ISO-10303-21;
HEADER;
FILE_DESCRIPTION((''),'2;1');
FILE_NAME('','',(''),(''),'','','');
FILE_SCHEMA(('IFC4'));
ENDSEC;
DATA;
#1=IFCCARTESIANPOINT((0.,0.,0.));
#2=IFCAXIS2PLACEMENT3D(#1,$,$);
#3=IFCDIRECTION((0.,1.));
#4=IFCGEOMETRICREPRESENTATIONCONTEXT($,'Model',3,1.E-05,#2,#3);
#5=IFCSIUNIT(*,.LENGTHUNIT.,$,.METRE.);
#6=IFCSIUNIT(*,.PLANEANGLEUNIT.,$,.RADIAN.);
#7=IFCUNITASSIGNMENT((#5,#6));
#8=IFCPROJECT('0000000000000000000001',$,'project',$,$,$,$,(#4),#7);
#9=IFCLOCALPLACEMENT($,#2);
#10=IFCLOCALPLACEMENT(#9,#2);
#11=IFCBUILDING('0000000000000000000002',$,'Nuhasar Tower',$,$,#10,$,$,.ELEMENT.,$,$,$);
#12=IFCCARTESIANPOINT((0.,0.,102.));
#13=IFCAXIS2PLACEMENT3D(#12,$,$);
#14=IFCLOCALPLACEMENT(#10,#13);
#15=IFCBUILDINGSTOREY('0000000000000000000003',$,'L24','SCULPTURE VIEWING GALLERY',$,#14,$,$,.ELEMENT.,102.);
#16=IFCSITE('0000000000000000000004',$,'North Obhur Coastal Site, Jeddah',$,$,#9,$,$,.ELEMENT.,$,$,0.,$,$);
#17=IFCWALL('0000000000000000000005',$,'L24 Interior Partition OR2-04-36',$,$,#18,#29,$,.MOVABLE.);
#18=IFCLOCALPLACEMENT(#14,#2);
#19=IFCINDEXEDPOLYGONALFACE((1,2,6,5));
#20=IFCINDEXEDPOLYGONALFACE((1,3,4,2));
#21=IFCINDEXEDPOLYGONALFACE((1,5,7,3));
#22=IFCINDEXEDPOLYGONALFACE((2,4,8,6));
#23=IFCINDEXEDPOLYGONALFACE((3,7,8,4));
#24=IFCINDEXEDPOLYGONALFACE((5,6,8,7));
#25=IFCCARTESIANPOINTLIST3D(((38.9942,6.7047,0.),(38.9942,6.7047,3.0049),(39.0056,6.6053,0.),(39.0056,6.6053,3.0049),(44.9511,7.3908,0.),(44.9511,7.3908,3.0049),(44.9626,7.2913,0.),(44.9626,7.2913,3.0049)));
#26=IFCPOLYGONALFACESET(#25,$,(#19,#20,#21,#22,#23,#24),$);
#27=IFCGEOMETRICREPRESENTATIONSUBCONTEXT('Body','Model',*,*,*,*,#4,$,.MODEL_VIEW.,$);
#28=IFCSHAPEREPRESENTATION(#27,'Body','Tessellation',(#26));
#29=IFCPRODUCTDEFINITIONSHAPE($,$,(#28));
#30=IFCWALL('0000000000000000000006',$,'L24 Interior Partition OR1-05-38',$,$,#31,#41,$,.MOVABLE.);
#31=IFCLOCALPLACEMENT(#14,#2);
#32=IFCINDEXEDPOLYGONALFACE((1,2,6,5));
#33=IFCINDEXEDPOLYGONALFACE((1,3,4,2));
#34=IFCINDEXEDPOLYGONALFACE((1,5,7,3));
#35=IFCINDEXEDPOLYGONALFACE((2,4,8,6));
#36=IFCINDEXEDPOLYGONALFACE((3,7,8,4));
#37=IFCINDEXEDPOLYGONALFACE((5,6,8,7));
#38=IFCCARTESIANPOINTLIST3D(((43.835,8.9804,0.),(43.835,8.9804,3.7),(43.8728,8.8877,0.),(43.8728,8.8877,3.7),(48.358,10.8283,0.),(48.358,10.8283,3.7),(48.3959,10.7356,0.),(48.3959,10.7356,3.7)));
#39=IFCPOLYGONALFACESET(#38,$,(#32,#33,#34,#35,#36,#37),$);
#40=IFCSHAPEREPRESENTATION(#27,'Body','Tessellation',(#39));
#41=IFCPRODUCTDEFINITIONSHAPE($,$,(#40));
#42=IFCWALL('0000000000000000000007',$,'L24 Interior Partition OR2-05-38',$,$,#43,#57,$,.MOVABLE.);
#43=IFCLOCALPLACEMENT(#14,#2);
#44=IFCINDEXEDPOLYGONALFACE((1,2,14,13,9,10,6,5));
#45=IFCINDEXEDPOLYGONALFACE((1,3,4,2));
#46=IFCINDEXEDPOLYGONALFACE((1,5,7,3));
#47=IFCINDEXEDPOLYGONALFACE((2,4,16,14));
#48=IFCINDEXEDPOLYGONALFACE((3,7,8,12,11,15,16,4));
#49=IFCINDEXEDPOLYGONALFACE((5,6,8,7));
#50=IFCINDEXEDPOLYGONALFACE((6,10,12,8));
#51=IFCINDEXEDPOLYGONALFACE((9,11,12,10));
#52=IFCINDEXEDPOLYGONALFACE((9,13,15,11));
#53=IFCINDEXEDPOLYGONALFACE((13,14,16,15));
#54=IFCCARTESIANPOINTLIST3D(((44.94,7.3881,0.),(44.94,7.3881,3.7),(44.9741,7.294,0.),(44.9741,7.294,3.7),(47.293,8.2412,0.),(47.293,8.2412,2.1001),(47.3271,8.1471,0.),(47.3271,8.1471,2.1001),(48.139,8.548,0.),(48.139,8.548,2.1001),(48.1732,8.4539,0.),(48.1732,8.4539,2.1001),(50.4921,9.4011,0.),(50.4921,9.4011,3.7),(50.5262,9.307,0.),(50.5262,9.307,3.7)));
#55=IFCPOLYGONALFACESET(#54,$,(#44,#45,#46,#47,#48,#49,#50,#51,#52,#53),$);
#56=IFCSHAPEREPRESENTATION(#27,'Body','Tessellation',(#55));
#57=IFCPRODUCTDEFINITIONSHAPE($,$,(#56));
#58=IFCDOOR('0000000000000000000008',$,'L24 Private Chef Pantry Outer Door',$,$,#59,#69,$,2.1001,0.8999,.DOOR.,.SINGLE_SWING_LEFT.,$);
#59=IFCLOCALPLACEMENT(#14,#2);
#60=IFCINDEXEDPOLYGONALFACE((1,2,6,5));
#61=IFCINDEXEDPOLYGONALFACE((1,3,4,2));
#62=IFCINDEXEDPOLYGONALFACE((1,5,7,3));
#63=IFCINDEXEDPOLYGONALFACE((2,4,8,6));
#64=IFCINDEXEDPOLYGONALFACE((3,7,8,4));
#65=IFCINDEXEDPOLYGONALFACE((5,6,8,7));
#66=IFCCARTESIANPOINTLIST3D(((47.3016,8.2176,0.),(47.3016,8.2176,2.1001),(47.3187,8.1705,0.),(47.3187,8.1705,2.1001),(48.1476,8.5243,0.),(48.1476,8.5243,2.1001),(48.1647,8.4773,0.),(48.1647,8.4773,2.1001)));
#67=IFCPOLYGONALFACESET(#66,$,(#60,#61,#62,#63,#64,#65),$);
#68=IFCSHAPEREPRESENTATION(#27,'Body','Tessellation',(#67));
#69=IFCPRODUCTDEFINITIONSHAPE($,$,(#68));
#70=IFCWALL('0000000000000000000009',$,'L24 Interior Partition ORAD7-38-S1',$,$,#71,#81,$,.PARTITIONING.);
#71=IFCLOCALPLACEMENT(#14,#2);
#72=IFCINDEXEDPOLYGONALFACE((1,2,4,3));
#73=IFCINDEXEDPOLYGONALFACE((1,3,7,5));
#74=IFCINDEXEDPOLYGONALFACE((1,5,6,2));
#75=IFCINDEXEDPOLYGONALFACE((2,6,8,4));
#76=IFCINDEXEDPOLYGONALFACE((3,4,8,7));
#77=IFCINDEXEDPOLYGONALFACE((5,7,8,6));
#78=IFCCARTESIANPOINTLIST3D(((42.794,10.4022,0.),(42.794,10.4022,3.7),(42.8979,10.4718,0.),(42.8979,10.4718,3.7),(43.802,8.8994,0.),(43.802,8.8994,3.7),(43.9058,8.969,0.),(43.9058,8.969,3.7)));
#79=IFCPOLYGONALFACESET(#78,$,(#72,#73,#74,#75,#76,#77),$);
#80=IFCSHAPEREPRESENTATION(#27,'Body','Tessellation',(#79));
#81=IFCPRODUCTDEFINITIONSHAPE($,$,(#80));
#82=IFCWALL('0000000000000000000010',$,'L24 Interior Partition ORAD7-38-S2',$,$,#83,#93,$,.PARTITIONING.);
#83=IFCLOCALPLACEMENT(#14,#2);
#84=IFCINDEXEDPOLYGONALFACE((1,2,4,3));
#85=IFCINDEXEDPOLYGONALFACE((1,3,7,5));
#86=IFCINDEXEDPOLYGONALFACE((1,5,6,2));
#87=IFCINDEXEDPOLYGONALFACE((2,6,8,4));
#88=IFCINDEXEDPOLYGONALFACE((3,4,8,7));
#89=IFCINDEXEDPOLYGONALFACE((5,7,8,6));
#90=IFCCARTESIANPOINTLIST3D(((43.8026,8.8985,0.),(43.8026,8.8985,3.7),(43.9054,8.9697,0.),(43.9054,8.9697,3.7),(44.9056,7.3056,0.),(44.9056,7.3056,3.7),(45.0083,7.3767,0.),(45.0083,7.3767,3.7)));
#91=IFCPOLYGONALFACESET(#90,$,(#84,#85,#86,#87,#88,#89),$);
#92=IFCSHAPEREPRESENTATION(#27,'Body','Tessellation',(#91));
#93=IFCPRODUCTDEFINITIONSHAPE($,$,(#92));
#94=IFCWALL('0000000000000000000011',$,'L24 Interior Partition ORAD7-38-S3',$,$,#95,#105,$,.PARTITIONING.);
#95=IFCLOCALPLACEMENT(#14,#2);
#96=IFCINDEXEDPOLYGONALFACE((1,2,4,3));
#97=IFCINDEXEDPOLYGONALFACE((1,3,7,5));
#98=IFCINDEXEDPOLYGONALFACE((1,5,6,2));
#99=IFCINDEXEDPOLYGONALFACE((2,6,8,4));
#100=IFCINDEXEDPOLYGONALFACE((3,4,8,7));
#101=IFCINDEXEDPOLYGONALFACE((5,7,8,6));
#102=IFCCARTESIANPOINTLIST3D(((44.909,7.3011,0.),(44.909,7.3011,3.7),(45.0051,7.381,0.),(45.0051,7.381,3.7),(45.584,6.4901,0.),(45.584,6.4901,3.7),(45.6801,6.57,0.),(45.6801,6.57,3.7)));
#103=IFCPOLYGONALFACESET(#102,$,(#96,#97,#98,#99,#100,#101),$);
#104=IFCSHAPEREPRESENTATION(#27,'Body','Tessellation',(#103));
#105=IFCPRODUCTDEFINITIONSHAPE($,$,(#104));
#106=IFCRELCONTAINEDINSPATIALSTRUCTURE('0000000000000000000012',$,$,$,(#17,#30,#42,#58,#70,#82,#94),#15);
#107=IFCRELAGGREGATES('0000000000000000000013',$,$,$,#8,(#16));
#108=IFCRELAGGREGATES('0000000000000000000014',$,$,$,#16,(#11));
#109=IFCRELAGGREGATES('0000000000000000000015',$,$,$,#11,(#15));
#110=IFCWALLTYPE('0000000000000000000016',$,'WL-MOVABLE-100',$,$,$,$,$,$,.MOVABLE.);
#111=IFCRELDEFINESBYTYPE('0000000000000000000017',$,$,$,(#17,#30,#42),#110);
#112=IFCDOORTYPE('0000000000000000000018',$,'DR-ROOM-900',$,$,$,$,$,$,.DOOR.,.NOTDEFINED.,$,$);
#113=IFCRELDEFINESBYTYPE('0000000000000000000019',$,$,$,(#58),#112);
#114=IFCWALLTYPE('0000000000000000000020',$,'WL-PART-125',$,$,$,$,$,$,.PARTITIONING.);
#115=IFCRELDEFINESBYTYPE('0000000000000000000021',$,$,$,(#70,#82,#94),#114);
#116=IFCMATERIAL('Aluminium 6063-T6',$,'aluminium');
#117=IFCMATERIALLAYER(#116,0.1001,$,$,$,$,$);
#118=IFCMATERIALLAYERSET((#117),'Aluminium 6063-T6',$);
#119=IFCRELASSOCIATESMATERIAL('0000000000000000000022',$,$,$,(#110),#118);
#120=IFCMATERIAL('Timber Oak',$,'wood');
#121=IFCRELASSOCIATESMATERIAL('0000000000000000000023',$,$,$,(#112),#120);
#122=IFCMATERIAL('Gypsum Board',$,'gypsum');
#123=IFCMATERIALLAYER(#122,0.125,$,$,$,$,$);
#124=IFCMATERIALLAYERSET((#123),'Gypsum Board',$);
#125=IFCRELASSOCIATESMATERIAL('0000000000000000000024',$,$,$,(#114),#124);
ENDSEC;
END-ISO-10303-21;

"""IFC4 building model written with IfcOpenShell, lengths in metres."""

from ifc_helpers import new_model, si_unit, direction, frame, frame_2d, origin, place, context, subcontext, project, spatial, rectangle, extrude, material, layer, layer_set, type_object, element, fill, save


model = new_model("IFC4")

# Units and contexts
model_context = context("Model", 3, precision=1e-05, world=origin(), true_north=direction((0.0, 1.0)))
body_context = subcontext(model_context, "Body", "Model", "MODEL_VIEW")
ifc_project = project(units=[si_unit("LENGTHUNIT", "METRE"), si_unit("PLANEANGLEUNIT", "RADIAN")], contexts=[model_context])

# Site, building, storey
site_placement = place(None, origin())
site = spatial("IfcSite", under=ifc_project, at=site_placement, Name="North Obhur Coastal Site, Jeddah", CompositionType="ELEMENT", RefElevation=0.0)
building_placement = place(site_placement, origin())
building = spatial("IfcBuilding", under=site, at=building_placement, Name="Nuhasar Tower", CompositionType="ELEMENT")
storey_placement = place(building_placement, frame((0.0, 0.0, 102.0)))
storey = spatial("IfcBuildingStorey", under=building, at=storey_placement, Name="L24", Description="SCULPTURE VIEWING GALLERY", CompositionType="ELEMENT", Elevation=102.0)

# Shared definitions
ifc_material_1 = material(Name="Aluminium 6063-T6", Category="aluminium")

# Shared definitions
ifc_material_2 = material(Name="Gypsum Board", Category="gypsum")

# Shared definitions
ifc_material_3 = material(Name="Timber Oak", Category="wood")

# Walls
ifc_layer_1 = layer(ifc_material_1, 0.1001)
ifc_layer_set_1 = layer_set([ifc_layer_1], Name="Aluminium 6063-T6")
wall_type_1 = type_object("IfcWallType", Name="WL-MOVABLE-100", PredefinedType="MOVABLE", material=ifc_layer_set_1)
wall_1_placement = place(storey_placement, frame((39.0, 6.655, 0.0), z_axis=(0.0, 0.0, 1.0), x_axis=(0.993434, 0.114408, 0.0)))
element("IfcWall", 1, at=wall_1_placement, inside=storey, type_object=wall_type_1, Name="L24 Interior Partition OR2-04-36", PredefinedType="MOVABLE", context=body_context, shape_type="SweptSolid", body=[
    extrude(rectangle(XDim=5.9963, YDim=0.1001, at=frame_2d((2.998, 0.0))), origin(), (0.0, 0.0, 1.0), 3.0049),
])
wall_2_placement = place(storey_placement, frame((43.854, 8.9341, 0.0), z_axis=(0.0, 0.0, 1.0), x_axis=(0.925719, 0.378213, 0.0)))
element("IfcWall", 2, at=wall_2_placement, inside=storey, type_object=wall_type_1, Name="L24 Interior Partition OR1-05-38", PredefinedType="MOVABLE", context=body_context, shape_type="SweptSolid", body=[
    extrude(rectangle(XDim=4.886, YDim=0.1001, at=frame_2d((2.4429, 0.0))), origin(), (0.0, 0.0, 1.0), 3.7),
])

# Wall, opening, door
wall_3_placement = place(storey_placement, frame((44.957, 7.3411, 0.0), z_axis=(0.0, 0.0, 1.0), x_axis=(0.940118, 0.34085, 0.0)))
wall_3 = element("IfcWall", 3, at=wall_3_placement, inside=storey, type_object=wall_type_1, Name="L24 Interior Partition OR2-05-38", PredefinedType="MOVABLE", context=body_context, shape_type="SweptSolid", body=[
    extrude(rectangle(XDim=5.9058, YDim=0.1001, at=frame_2d((2.9529, 0.0))), origin(), (0.0, 0.0, 1.0), 3.7),
])
opening_1_placement = place(wall_3_placement, frame((2.5029, 0.0, 0.0)))
opening_1 = element("IfcOpeningElement", 4, at=opening_1_placement, cuts=wall_3, PredefinedType="OPENING", context=body_context, shape_type="SweptSolid", body=[
    extrude(rectangle(XDim=0.8999, YDim=2.1001, at=frame_2d((0.45, 1.05))), frame((0.0, 0.0601, 0.0), z_axis=(0.0, -1.0, 0.0), x_axis=(1.0, 0.0, 0.0)), (0.0, 0.0, 1.0), 0.1201),
])
door_type_1 = type_object("IfcDoorType", Name="DR-ROOM-900", OperationType="NOTDEFINED", PredefinedType="DOOR", material=ifc_material_3)
door_1_placement = place(opening_1_placement, origin())
door_1 = element("IfcDoor", 5, at=door_1_placement, inside=storey, type_object=door_type_1, Name="L24 Private Chef Pantry Outer Door", OperationType="SINGLE_SWING_LEFT", OverallHeight=2.1001, OverallWidth=0.8999, PredefinedType="DOOR", context=body_context, shape_type="SweptSolid", body=[
    extrude(rectangle(XDim=0.8999, YDim=2.1001, at=frame_2d((0.45, 1.05))), frame((0.0, 0.0249, 0.0), z_axis=(0.0, -1.0, 0.0), x_axis=(1.0, 0.0, 0.0)), (0.0, 0.0, 1.0), 0.05),
])
fill(opening_1, door_1)

# Walls
ifc_layer_2 = layer(ifc_material_2, 0.125)
ifc_layer_set_2 = layer_set([ifc_layer_2], Name="Gypsum Board")
wall_type_2 = type_object("IfcWallType", Name="WL-PART-125", PredefinedType="PARTITIONING", material=ifc_layer_set_2)
wall_4_placement = place(storey_placement, frame((42.8459, 10.437, 0.0), z_axis=(0.0, 0.0, 1.0), x_axis=(0.557033, -0.83049, 0.0)))
element("IfcWall", 6, at=wall_4_placement, inside=storey, type_object=wall_type_2, Name="L24 Interior Partition ORAD7-38-S1", PredefinedType="PARTITIONING", context=body_context, shape_type="SweptSolid", body=[
    extrude(rectangle(XDim=1.8096, YDim=0.125, at=frame_2d((0.9048, 0.0))), origin(), (0.0, 0.0, 1.0), 3.7),
])
wall_5_placement = place(storey_placement, frame((43.854, 8.9341, 0.0), z_axis=(0.0, 0.0, 1.0), x_axis=(0.569269, -0.822151, 0.0)))
element("IfcWall", 7, at=wall_5_placement, inside=storey, type_object=wall_type_2, Name="L24 Interior Partition ORAD7-38-S2", PredefinedType="PARTITIONING", context=body_context, shape_type="SweptSolid", body=[
    extrude(rectangle(XDim=1.9375, YDim=0.125, at=frame_2d((0.9688, 0.0))), origin(), (0.0, 0.0, 1.0), 3.7),
])
wall_6_placement = place(storey_placement, frame((44.957, 7.3411, 0.0), z_axis=(0.0, 0.0, 1.0), x_axis=(0.639729, -0.7686, 0.0)))
element("IfcWall", 8, at=wall_6_placement, inside=storey, type_object=wall_type_2, Name="L24 Interior Partition ORAD7-38-S3", PredefinedType="PARTITIONING", context=body_context, shape_type="SweptSolid", body=[
    extrude(rectangle(XDim=1.0552, YDim=0.125, at=frame_2d((0.5276, 0.0))), origin(), (0.0, 0.0, 1.0), 3.7),
])

save(model, "model.ifc")
